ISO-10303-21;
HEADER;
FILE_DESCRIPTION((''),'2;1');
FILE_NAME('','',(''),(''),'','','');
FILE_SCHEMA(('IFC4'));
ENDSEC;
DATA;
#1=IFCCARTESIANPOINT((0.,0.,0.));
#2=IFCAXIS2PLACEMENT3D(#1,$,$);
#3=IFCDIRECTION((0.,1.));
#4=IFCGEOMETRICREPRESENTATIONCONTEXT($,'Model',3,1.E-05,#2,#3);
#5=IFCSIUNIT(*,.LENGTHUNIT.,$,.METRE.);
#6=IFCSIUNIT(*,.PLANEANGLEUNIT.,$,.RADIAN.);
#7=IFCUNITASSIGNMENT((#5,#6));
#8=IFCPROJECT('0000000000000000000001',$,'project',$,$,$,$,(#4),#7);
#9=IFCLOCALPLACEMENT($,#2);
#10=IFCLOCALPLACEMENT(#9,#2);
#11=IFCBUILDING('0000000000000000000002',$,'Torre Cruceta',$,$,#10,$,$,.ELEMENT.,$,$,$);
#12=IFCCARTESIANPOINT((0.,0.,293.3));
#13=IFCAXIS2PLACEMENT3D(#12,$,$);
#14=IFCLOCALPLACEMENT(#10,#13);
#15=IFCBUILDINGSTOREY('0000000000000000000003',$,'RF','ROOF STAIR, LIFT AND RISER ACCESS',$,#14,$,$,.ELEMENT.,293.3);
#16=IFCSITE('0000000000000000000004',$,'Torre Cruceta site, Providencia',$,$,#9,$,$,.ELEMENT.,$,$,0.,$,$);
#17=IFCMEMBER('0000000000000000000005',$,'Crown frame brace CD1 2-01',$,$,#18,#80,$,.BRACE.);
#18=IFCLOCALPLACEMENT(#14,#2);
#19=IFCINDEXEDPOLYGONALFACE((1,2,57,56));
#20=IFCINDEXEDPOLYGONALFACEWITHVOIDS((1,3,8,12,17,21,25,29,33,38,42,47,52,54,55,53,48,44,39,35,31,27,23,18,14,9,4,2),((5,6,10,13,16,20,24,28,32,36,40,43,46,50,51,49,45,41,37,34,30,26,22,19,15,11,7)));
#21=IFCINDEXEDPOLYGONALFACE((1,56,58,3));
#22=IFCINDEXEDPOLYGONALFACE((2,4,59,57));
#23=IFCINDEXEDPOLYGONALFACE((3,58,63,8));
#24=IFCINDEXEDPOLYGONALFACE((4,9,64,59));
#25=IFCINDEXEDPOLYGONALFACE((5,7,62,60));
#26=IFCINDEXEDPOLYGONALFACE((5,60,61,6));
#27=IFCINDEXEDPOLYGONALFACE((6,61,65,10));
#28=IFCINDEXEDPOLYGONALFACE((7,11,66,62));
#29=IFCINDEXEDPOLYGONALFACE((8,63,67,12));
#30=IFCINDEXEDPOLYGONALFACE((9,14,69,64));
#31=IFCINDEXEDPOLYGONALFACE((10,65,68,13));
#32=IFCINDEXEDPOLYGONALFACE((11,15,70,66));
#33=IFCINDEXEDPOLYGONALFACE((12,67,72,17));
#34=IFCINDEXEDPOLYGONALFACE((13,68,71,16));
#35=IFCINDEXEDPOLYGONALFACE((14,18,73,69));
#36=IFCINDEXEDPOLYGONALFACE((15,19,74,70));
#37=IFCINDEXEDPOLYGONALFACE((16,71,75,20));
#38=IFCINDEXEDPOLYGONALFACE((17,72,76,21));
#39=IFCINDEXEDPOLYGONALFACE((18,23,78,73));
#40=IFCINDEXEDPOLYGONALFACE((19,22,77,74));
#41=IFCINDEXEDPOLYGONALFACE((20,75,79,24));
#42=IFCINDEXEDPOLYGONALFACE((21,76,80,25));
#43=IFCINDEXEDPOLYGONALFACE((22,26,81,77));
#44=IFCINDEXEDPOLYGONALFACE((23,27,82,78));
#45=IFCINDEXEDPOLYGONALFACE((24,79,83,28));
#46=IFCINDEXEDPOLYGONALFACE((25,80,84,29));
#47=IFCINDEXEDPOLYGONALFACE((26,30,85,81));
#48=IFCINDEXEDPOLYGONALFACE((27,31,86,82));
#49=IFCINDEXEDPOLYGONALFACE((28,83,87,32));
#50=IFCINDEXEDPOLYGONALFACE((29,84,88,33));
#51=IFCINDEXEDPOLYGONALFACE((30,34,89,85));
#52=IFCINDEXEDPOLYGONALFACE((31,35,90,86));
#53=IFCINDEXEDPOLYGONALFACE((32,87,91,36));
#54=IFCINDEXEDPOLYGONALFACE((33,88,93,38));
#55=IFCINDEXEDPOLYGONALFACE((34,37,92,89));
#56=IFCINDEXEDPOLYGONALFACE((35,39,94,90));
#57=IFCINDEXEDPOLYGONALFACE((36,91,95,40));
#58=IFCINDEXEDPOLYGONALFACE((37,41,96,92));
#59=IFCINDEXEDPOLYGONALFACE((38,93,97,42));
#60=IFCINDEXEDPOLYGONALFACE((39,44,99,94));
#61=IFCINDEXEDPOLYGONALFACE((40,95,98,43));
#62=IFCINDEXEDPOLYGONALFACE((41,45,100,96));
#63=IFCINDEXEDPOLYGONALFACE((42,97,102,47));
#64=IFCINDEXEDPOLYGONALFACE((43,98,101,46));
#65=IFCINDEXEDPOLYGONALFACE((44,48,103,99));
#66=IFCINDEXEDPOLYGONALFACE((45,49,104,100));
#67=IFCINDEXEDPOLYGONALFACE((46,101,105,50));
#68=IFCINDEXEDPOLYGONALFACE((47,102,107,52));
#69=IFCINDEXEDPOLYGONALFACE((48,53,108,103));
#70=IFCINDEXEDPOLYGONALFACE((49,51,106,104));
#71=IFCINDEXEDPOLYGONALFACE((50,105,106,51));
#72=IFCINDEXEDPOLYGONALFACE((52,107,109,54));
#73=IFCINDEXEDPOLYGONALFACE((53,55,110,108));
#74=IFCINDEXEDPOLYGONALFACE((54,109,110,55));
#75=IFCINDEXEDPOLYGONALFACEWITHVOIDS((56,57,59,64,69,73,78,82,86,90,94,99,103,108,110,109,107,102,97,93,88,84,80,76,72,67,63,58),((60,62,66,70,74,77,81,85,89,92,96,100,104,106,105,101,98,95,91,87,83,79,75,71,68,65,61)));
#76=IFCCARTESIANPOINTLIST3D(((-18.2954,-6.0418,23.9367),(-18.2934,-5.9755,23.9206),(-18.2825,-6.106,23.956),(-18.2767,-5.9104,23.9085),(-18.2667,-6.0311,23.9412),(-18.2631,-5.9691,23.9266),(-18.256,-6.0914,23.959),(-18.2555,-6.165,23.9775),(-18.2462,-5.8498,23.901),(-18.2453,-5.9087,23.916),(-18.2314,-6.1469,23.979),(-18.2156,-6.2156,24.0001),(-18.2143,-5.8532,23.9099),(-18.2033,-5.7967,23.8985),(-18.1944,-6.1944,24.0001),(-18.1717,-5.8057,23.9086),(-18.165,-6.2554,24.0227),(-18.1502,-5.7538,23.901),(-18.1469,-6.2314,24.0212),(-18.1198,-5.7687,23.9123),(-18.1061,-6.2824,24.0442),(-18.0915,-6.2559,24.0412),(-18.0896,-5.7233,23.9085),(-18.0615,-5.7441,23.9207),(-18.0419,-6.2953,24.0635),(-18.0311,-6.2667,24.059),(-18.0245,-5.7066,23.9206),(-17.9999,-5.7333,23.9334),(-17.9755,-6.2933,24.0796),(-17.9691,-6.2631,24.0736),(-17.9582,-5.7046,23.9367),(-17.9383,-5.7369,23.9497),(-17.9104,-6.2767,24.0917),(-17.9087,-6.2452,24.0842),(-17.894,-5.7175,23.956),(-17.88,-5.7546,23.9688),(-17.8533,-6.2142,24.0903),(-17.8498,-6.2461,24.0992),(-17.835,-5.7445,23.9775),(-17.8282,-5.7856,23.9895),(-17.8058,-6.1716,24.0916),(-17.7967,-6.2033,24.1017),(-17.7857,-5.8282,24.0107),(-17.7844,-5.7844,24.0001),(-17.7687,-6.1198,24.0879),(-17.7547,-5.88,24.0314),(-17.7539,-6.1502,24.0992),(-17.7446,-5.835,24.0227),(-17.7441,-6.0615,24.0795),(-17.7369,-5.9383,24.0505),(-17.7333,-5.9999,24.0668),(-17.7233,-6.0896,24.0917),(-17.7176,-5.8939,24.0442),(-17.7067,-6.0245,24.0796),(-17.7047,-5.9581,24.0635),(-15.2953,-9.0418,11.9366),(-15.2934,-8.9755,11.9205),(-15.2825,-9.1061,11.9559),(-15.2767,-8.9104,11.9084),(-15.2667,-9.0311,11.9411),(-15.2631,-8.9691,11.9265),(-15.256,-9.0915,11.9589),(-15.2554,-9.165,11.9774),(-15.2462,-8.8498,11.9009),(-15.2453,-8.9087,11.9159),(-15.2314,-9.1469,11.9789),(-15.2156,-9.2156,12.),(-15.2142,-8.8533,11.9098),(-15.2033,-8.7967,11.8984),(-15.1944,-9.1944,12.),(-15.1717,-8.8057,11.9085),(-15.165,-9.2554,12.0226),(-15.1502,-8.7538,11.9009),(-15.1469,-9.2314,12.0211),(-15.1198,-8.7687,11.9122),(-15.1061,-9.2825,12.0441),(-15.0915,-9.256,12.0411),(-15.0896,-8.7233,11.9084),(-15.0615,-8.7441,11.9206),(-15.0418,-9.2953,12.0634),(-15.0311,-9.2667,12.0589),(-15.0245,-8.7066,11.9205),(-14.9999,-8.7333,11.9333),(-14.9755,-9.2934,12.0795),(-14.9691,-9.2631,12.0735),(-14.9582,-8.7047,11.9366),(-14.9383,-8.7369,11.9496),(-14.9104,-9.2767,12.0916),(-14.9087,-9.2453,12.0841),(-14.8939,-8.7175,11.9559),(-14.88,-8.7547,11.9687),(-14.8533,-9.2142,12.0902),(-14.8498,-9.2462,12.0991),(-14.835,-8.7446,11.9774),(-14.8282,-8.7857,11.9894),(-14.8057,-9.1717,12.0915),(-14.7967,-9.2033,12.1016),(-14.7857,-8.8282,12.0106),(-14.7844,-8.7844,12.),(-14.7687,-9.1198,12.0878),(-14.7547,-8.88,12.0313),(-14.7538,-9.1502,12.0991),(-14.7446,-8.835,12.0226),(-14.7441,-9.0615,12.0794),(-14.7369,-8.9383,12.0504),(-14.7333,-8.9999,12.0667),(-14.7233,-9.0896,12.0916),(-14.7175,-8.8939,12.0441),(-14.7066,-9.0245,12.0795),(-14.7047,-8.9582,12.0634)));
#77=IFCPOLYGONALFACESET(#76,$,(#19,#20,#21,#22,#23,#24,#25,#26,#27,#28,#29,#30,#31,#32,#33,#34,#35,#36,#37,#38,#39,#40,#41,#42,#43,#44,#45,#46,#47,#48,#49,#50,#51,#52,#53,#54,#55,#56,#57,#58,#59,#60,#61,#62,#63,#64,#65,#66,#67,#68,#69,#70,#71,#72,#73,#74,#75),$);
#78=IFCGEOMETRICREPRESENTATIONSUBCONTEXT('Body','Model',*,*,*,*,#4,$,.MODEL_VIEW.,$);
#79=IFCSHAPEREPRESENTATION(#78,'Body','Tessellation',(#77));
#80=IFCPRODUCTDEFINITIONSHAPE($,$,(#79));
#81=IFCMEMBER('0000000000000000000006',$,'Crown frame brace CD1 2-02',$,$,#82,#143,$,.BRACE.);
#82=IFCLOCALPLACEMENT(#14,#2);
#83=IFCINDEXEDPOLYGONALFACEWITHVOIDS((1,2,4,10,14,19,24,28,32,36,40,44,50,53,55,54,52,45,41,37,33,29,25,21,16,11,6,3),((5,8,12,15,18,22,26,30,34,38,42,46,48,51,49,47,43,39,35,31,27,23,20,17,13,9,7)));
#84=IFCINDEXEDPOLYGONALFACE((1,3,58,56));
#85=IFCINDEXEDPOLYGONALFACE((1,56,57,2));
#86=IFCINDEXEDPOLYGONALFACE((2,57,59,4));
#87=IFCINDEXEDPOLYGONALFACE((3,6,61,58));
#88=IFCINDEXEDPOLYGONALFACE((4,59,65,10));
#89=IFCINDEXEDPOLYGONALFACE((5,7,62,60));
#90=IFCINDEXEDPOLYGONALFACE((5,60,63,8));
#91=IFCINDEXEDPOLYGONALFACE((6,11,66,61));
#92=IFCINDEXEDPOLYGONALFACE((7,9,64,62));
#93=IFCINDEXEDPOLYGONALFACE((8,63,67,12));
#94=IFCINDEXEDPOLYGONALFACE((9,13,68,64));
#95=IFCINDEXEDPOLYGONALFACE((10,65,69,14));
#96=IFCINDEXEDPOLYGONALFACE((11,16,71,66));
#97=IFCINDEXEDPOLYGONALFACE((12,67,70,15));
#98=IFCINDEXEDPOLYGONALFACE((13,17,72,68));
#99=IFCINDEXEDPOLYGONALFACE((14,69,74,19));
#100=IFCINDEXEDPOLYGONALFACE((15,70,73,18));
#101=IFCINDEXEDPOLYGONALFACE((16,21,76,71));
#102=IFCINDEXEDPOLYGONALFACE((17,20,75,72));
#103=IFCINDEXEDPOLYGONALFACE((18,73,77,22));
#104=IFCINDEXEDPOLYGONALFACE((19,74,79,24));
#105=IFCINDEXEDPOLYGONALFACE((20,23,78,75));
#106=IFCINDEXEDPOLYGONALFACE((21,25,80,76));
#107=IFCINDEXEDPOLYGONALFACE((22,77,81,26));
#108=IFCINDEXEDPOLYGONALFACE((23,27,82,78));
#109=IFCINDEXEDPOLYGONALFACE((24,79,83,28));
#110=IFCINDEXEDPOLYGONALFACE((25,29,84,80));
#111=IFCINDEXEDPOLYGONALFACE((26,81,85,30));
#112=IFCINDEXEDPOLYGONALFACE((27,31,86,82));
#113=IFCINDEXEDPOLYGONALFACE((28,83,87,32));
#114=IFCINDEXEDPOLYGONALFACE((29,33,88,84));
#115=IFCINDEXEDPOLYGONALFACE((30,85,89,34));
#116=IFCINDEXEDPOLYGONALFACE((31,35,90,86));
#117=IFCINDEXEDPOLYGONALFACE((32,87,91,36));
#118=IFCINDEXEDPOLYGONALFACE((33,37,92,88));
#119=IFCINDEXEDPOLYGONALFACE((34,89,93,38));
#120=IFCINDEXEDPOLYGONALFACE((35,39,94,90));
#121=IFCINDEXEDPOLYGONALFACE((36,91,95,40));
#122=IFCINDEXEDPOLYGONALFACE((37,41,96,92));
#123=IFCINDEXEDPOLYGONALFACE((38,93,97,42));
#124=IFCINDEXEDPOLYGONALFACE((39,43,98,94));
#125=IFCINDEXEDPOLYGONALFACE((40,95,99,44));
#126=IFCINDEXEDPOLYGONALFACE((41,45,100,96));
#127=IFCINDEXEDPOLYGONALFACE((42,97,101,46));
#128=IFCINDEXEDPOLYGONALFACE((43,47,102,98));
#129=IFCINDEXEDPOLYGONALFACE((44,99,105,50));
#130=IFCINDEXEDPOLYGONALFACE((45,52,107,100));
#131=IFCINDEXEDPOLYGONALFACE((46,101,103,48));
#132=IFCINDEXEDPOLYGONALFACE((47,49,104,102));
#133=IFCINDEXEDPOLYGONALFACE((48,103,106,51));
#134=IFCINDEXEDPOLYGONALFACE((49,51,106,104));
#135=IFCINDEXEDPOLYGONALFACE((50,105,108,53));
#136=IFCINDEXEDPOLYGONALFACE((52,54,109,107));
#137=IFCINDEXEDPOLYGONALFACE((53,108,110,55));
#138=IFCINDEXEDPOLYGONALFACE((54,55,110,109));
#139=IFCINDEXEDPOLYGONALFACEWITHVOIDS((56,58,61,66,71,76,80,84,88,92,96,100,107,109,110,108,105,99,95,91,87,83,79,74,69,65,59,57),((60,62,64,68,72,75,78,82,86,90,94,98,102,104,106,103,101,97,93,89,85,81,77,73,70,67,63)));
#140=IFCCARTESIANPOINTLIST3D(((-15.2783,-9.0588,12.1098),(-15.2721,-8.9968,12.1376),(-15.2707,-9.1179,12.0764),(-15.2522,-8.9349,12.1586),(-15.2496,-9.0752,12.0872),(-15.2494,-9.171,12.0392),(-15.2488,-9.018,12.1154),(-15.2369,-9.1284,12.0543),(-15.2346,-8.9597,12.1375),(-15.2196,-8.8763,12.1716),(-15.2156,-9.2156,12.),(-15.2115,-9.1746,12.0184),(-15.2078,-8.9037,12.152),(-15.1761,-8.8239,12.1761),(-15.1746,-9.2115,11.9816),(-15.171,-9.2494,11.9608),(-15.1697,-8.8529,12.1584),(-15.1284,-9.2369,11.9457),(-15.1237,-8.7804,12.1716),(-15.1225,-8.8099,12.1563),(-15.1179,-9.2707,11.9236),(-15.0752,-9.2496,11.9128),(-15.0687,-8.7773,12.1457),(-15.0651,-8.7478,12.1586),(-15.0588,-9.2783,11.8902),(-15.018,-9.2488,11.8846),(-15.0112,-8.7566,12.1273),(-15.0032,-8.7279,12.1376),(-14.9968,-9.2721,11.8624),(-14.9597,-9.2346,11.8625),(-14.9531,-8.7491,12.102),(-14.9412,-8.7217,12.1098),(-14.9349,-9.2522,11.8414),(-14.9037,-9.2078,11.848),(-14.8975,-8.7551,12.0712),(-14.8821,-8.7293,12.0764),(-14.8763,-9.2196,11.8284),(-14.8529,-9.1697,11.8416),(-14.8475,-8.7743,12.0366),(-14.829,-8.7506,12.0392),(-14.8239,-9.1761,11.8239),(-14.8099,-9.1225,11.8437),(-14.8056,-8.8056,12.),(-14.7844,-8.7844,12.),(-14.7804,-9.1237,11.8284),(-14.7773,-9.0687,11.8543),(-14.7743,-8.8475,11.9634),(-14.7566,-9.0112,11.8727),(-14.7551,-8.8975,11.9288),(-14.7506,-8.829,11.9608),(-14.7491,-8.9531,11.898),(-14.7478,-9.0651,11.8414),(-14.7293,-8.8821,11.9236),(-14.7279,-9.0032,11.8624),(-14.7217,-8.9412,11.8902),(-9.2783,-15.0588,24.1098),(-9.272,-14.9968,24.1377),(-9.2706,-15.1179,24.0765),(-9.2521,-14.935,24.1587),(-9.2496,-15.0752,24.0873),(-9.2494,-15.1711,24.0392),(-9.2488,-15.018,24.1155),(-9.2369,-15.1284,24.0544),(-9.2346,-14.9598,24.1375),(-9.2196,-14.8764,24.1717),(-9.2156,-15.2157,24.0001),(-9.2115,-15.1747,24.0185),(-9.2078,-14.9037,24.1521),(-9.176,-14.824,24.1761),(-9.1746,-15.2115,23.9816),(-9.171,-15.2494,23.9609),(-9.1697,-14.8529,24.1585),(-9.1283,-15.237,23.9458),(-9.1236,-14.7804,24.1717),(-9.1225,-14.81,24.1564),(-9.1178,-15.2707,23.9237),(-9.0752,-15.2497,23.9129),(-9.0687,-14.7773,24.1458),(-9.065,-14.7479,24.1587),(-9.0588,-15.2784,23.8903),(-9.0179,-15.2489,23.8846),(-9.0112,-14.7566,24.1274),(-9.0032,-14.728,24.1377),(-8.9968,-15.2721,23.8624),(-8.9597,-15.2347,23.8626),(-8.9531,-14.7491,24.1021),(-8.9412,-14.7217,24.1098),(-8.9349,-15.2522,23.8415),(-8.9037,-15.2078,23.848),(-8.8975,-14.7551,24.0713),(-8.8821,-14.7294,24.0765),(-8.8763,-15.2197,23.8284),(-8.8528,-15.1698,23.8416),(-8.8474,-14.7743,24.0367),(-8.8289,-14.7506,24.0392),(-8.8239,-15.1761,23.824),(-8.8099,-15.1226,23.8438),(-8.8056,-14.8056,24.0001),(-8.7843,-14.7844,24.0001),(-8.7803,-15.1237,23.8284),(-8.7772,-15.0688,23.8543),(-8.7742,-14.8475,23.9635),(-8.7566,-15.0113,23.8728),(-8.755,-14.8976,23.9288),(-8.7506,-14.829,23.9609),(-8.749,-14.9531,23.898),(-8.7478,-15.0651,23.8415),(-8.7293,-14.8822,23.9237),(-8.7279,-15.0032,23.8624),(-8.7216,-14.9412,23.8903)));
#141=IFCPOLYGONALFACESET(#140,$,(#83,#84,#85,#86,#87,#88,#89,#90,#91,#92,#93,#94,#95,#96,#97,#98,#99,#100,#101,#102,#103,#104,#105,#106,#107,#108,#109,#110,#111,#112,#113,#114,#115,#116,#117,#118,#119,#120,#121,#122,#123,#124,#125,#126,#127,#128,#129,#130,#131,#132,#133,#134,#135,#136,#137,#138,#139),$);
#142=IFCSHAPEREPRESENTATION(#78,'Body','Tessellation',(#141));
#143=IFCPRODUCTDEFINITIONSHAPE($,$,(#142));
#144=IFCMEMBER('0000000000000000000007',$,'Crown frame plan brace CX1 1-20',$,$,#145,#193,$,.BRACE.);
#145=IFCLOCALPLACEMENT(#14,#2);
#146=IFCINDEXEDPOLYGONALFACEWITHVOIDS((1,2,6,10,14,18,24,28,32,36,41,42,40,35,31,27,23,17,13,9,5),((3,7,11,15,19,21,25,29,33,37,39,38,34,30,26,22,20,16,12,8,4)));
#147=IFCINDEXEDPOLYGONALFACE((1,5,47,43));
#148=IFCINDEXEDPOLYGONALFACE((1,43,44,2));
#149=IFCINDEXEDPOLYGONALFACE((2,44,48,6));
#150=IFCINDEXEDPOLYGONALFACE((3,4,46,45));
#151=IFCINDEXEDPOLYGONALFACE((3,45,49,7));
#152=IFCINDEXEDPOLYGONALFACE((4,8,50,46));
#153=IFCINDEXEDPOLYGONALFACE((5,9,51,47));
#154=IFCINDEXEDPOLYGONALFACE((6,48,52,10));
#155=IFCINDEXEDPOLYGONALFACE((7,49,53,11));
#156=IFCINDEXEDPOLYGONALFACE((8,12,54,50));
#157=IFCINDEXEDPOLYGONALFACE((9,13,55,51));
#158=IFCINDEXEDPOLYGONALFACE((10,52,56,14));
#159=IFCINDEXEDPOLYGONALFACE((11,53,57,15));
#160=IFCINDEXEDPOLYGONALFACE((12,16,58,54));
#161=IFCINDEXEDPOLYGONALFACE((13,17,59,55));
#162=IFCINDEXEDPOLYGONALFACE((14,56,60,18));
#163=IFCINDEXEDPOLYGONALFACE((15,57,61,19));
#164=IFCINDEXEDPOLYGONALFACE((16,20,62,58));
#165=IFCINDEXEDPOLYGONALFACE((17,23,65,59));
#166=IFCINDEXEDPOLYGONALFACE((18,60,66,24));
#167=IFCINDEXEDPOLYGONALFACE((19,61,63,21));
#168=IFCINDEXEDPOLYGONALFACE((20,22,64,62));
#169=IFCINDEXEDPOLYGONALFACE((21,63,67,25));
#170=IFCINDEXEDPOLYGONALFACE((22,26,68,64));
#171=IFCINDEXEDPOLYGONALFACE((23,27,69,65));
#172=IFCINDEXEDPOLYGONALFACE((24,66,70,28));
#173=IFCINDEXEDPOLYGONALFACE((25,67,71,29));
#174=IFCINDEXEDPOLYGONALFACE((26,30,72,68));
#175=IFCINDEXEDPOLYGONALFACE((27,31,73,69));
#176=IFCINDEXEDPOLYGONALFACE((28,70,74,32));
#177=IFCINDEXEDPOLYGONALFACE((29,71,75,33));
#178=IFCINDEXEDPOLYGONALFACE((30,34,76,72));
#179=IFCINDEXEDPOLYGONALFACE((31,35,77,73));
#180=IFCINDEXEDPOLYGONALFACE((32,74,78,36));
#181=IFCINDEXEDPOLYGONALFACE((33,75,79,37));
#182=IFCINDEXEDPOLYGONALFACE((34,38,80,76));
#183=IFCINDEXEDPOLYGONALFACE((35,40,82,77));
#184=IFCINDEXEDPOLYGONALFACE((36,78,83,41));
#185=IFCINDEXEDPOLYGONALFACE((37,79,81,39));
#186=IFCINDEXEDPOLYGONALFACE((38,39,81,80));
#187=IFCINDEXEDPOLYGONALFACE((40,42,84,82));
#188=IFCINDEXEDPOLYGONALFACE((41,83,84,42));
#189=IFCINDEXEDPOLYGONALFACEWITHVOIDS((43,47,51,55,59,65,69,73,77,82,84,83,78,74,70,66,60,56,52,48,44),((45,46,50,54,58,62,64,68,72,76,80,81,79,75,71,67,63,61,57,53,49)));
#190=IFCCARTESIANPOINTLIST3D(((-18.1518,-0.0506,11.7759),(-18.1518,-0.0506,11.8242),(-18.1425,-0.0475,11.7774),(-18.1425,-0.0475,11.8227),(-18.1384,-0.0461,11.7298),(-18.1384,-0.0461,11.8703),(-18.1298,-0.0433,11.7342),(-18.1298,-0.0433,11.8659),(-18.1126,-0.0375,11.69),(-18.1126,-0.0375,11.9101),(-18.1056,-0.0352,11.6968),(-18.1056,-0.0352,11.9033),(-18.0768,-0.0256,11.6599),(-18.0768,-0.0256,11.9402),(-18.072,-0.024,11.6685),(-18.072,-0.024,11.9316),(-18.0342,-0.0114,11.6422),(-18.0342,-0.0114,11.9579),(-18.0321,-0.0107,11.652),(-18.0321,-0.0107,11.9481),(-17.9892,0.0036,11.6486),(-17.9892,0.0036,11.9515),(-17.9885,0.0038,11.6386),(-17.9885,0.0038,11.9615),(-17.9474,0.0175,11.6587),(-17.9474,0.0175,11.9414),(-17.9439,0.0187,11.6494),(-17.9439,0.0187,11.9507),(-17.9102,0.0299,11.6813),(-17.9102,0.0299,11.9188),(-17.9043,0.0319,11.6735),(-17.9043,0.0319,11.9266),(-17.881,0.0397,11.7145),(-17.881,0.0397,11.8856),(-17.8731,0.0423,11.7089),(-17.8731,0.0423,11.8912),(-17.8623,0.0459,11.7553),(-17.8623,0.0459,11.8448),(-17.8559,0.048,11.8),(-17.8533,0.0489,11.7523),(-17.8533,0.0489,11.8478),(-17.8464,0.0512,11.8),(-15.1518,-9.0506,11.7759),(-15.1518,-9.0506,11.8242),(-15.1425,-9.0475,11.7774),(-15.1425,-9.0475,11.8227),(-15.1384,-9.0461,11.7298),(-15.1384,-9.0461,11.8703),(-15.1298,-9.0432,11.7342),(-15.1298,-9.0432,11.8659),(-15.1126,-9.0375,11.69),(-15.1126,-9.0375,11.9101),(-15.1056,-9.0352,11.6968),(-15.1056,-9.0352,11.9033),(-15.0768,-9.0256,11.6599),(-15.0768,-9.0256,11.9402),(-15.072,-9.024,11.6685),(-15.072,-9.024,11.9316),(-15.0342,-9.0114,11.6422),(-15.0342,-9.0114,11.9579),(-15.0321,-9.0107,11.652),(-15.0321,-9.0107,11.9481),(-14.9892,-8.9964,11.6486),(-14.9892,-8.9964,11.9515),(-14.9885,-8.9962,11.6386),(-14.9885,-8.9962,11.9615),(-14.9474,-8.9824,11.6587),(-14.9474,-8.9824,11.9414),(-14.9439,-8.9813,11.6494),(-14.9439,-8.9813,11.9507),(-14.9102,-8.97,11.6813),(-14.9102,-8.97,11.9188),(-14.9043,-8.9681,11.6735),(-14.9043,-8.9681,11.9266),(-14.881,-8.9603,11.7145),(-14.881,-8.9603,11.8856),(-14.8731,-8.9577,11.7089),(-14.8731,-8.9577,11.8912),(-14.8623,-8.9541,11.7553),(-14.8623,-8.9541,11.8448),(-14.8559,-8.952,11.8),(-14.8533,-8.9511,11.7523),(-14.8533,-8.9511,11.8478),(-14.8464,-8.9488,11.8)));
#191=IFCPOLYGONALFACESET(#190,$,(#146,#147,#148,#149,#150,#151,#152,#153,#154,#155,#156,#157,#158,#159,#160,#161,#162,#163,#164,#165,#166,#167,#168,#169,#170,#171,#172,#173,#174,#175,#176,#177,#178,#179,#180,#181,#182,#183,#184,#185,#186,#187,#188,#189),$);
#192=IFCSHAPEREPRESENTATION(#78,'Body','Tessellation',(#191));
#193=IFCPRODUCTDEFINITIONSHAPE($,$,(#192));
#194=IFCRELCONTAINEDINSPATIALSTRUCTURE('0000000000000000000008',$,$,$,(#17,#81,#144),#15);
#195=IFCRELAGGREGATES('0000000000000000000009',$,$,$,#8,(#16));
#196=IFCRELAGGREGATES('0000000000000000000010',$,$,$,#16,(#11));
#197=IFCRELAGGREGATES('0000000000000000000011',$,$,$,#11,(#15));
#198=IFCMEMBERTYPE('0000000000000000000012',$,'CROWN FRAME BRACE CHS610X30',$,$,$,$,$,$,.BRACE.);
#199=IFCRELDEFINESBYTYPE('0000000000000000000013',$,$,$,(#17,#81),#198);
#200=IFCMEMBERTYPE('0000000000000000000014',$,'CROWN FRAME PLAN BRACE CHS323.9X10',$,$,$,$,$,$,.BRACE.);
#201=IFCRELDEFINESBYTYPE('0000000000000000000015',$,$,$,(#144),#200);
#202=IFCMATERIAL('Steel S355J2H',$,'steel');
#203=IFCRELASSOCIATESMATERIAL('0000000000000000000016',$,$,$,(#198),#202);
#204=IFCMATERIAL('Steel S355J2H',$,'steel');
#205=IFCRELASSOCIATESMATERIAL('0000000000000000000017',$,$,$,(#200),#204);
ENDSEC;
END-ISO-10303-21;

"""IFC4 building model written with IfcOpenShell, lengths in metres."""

from ifc_helpers import new_model, si_unit, direction, frame, origin, origin_2d, place, context, subcontext, project, spatial, hollow_circle, extrude, material, material_profile, profile_set, type_object, element, save


model = new_model("IFC4")

# Units and contexts
model_context = context("Model", 3, precision=1e-05, world=origin(), true_north=direction((0.0, 1.0)))
body_context = subcontext(model_context, "Body", "Model", "MODEL_VIEW")
ifc_project = project(units=[si_unit("LENGTHUNIT", "METRE"), si_unit("PLANEANGLEUNIT", "RADIAN")], contexts=[model_context])

# Site, building, storey
site_placement = place(None, origin())
site = spatial("IfcSite", under=ifc_project, at=site_placement, Name="Torre Cruceta site, Providencia", CompositionType="ELEMENT", RefElevation=0.0)
building_placement = place(site_placement, origin())
building = spatial("IfcBuilding", under=site, at=building_placement, Name="Torre Cruceta", CompositionType="ELEMENT")
storey_placement = place(building_placement, frame((0.0, 0.0, 293.3)))
storey = spatial("IfcBuildingStorey", under=building, at=storey_placement, Name="RF", Description="ROOF STAIR, LIFT AND RISER ACCESS", CompositionType="ELEMENT", Elevation=293.3)

# Members
ifc_material_1 = material(Name="Steel S355J2H", Category="steel")
ifc_material_profile_1 = material_profile(ifc_material_1, hollow_circle(Radius=0.3049, WallThickness=0.03, at=origin_2d()), Name="CHS610X30")
ifc_profile_set_1 = profile_set([ifc_material_profile_1], Name="Steel S355J2H")
member_type_1 = type_object("IfcMemberType", Name="CROWN FRAME BRACE CHS610X30", PredefinedType="BRACE", material=ifc_profile_set_1)
member_1_placement = place(storey_placement, frame((-15.0, -9.0, 12.0), z_axis=(-0.235702, 0.235702, 0.942809), x_axis=(-0.707107, -0.707107, 0.0)))
element("IfcMember", 1, at=member_1_placement, inside=storey, type_object=member_type_1, Name="Crown frame brace CD1 2-01", PredefinedType="BRACE", context=body_context, shape_type="SweptSolid", body=[
    extrude(hollow_circle(Radius=0.3049, WallThickness=0.03, at=origin_2d()), origin(), (0.0, 0.0, 1.0), 12.728),
])
member_2_placement = place(storey_placement, frame((-15.0, -9.0, 12.0), z_axis=(0.408248, -0.408248, 0.816497), x_axis=(0.707107, 0.707107, 0.0)))
element("IfcMember", 2, at=member_2_placement, inside=storey, type_object=member_type_1, Name="Crown frame brace CD1 2-02", PredefinedType="BRACE", context=body_context, shape_type="SweptSolid", body=[
    extrude(hollow_circle(Radius=0.3049, WallThickness=0.03, at=origin_2d()), origin(), (0.0, 0.0, 1.0), 14.697),
])
ifc_material_2 = material(Name="Steel S355J2H", Category="steel")
ifc_material_profile_2 = material_profile(ifc_material_2, hollow_circle(Radius=0.1619, WallThickness=0.01, at=origin_2d()), Name="CHS323.9X10")
ifc_profile_set_2 = profile_set([ifc_material_profile_2], Name="Steel S355J2H")
member_type_2 = type_object("IfcMemberType", Name="CROWN FRAME PLAN BRACE CHS323.9X10", PredefinedType="BRACE", material=ifc_profile_set_2)
member_3_placement = place(storey_placement, frame((-18.0, 0.0, 11.8), z_axis=(0.316228, -0.948683, 0.0), x_axis=(0.948683, 0.316228, 0.0)))
element("IfcMember", 3, at=member_3_placement, inside=storey, type_object=member_type_2, Name="Crown frame plan brace CX1 1-20", PredefinedType="BRACE", context=body_context, shape_type="SweptSolid", body=[
    extrude(hollow_circle(Radius=0.1619, WallThickness=0.01, at=origin_2d()), origin(), (0.0, 0.0, 1.0), 9.4868),
])

save(model, "model.ifc")
